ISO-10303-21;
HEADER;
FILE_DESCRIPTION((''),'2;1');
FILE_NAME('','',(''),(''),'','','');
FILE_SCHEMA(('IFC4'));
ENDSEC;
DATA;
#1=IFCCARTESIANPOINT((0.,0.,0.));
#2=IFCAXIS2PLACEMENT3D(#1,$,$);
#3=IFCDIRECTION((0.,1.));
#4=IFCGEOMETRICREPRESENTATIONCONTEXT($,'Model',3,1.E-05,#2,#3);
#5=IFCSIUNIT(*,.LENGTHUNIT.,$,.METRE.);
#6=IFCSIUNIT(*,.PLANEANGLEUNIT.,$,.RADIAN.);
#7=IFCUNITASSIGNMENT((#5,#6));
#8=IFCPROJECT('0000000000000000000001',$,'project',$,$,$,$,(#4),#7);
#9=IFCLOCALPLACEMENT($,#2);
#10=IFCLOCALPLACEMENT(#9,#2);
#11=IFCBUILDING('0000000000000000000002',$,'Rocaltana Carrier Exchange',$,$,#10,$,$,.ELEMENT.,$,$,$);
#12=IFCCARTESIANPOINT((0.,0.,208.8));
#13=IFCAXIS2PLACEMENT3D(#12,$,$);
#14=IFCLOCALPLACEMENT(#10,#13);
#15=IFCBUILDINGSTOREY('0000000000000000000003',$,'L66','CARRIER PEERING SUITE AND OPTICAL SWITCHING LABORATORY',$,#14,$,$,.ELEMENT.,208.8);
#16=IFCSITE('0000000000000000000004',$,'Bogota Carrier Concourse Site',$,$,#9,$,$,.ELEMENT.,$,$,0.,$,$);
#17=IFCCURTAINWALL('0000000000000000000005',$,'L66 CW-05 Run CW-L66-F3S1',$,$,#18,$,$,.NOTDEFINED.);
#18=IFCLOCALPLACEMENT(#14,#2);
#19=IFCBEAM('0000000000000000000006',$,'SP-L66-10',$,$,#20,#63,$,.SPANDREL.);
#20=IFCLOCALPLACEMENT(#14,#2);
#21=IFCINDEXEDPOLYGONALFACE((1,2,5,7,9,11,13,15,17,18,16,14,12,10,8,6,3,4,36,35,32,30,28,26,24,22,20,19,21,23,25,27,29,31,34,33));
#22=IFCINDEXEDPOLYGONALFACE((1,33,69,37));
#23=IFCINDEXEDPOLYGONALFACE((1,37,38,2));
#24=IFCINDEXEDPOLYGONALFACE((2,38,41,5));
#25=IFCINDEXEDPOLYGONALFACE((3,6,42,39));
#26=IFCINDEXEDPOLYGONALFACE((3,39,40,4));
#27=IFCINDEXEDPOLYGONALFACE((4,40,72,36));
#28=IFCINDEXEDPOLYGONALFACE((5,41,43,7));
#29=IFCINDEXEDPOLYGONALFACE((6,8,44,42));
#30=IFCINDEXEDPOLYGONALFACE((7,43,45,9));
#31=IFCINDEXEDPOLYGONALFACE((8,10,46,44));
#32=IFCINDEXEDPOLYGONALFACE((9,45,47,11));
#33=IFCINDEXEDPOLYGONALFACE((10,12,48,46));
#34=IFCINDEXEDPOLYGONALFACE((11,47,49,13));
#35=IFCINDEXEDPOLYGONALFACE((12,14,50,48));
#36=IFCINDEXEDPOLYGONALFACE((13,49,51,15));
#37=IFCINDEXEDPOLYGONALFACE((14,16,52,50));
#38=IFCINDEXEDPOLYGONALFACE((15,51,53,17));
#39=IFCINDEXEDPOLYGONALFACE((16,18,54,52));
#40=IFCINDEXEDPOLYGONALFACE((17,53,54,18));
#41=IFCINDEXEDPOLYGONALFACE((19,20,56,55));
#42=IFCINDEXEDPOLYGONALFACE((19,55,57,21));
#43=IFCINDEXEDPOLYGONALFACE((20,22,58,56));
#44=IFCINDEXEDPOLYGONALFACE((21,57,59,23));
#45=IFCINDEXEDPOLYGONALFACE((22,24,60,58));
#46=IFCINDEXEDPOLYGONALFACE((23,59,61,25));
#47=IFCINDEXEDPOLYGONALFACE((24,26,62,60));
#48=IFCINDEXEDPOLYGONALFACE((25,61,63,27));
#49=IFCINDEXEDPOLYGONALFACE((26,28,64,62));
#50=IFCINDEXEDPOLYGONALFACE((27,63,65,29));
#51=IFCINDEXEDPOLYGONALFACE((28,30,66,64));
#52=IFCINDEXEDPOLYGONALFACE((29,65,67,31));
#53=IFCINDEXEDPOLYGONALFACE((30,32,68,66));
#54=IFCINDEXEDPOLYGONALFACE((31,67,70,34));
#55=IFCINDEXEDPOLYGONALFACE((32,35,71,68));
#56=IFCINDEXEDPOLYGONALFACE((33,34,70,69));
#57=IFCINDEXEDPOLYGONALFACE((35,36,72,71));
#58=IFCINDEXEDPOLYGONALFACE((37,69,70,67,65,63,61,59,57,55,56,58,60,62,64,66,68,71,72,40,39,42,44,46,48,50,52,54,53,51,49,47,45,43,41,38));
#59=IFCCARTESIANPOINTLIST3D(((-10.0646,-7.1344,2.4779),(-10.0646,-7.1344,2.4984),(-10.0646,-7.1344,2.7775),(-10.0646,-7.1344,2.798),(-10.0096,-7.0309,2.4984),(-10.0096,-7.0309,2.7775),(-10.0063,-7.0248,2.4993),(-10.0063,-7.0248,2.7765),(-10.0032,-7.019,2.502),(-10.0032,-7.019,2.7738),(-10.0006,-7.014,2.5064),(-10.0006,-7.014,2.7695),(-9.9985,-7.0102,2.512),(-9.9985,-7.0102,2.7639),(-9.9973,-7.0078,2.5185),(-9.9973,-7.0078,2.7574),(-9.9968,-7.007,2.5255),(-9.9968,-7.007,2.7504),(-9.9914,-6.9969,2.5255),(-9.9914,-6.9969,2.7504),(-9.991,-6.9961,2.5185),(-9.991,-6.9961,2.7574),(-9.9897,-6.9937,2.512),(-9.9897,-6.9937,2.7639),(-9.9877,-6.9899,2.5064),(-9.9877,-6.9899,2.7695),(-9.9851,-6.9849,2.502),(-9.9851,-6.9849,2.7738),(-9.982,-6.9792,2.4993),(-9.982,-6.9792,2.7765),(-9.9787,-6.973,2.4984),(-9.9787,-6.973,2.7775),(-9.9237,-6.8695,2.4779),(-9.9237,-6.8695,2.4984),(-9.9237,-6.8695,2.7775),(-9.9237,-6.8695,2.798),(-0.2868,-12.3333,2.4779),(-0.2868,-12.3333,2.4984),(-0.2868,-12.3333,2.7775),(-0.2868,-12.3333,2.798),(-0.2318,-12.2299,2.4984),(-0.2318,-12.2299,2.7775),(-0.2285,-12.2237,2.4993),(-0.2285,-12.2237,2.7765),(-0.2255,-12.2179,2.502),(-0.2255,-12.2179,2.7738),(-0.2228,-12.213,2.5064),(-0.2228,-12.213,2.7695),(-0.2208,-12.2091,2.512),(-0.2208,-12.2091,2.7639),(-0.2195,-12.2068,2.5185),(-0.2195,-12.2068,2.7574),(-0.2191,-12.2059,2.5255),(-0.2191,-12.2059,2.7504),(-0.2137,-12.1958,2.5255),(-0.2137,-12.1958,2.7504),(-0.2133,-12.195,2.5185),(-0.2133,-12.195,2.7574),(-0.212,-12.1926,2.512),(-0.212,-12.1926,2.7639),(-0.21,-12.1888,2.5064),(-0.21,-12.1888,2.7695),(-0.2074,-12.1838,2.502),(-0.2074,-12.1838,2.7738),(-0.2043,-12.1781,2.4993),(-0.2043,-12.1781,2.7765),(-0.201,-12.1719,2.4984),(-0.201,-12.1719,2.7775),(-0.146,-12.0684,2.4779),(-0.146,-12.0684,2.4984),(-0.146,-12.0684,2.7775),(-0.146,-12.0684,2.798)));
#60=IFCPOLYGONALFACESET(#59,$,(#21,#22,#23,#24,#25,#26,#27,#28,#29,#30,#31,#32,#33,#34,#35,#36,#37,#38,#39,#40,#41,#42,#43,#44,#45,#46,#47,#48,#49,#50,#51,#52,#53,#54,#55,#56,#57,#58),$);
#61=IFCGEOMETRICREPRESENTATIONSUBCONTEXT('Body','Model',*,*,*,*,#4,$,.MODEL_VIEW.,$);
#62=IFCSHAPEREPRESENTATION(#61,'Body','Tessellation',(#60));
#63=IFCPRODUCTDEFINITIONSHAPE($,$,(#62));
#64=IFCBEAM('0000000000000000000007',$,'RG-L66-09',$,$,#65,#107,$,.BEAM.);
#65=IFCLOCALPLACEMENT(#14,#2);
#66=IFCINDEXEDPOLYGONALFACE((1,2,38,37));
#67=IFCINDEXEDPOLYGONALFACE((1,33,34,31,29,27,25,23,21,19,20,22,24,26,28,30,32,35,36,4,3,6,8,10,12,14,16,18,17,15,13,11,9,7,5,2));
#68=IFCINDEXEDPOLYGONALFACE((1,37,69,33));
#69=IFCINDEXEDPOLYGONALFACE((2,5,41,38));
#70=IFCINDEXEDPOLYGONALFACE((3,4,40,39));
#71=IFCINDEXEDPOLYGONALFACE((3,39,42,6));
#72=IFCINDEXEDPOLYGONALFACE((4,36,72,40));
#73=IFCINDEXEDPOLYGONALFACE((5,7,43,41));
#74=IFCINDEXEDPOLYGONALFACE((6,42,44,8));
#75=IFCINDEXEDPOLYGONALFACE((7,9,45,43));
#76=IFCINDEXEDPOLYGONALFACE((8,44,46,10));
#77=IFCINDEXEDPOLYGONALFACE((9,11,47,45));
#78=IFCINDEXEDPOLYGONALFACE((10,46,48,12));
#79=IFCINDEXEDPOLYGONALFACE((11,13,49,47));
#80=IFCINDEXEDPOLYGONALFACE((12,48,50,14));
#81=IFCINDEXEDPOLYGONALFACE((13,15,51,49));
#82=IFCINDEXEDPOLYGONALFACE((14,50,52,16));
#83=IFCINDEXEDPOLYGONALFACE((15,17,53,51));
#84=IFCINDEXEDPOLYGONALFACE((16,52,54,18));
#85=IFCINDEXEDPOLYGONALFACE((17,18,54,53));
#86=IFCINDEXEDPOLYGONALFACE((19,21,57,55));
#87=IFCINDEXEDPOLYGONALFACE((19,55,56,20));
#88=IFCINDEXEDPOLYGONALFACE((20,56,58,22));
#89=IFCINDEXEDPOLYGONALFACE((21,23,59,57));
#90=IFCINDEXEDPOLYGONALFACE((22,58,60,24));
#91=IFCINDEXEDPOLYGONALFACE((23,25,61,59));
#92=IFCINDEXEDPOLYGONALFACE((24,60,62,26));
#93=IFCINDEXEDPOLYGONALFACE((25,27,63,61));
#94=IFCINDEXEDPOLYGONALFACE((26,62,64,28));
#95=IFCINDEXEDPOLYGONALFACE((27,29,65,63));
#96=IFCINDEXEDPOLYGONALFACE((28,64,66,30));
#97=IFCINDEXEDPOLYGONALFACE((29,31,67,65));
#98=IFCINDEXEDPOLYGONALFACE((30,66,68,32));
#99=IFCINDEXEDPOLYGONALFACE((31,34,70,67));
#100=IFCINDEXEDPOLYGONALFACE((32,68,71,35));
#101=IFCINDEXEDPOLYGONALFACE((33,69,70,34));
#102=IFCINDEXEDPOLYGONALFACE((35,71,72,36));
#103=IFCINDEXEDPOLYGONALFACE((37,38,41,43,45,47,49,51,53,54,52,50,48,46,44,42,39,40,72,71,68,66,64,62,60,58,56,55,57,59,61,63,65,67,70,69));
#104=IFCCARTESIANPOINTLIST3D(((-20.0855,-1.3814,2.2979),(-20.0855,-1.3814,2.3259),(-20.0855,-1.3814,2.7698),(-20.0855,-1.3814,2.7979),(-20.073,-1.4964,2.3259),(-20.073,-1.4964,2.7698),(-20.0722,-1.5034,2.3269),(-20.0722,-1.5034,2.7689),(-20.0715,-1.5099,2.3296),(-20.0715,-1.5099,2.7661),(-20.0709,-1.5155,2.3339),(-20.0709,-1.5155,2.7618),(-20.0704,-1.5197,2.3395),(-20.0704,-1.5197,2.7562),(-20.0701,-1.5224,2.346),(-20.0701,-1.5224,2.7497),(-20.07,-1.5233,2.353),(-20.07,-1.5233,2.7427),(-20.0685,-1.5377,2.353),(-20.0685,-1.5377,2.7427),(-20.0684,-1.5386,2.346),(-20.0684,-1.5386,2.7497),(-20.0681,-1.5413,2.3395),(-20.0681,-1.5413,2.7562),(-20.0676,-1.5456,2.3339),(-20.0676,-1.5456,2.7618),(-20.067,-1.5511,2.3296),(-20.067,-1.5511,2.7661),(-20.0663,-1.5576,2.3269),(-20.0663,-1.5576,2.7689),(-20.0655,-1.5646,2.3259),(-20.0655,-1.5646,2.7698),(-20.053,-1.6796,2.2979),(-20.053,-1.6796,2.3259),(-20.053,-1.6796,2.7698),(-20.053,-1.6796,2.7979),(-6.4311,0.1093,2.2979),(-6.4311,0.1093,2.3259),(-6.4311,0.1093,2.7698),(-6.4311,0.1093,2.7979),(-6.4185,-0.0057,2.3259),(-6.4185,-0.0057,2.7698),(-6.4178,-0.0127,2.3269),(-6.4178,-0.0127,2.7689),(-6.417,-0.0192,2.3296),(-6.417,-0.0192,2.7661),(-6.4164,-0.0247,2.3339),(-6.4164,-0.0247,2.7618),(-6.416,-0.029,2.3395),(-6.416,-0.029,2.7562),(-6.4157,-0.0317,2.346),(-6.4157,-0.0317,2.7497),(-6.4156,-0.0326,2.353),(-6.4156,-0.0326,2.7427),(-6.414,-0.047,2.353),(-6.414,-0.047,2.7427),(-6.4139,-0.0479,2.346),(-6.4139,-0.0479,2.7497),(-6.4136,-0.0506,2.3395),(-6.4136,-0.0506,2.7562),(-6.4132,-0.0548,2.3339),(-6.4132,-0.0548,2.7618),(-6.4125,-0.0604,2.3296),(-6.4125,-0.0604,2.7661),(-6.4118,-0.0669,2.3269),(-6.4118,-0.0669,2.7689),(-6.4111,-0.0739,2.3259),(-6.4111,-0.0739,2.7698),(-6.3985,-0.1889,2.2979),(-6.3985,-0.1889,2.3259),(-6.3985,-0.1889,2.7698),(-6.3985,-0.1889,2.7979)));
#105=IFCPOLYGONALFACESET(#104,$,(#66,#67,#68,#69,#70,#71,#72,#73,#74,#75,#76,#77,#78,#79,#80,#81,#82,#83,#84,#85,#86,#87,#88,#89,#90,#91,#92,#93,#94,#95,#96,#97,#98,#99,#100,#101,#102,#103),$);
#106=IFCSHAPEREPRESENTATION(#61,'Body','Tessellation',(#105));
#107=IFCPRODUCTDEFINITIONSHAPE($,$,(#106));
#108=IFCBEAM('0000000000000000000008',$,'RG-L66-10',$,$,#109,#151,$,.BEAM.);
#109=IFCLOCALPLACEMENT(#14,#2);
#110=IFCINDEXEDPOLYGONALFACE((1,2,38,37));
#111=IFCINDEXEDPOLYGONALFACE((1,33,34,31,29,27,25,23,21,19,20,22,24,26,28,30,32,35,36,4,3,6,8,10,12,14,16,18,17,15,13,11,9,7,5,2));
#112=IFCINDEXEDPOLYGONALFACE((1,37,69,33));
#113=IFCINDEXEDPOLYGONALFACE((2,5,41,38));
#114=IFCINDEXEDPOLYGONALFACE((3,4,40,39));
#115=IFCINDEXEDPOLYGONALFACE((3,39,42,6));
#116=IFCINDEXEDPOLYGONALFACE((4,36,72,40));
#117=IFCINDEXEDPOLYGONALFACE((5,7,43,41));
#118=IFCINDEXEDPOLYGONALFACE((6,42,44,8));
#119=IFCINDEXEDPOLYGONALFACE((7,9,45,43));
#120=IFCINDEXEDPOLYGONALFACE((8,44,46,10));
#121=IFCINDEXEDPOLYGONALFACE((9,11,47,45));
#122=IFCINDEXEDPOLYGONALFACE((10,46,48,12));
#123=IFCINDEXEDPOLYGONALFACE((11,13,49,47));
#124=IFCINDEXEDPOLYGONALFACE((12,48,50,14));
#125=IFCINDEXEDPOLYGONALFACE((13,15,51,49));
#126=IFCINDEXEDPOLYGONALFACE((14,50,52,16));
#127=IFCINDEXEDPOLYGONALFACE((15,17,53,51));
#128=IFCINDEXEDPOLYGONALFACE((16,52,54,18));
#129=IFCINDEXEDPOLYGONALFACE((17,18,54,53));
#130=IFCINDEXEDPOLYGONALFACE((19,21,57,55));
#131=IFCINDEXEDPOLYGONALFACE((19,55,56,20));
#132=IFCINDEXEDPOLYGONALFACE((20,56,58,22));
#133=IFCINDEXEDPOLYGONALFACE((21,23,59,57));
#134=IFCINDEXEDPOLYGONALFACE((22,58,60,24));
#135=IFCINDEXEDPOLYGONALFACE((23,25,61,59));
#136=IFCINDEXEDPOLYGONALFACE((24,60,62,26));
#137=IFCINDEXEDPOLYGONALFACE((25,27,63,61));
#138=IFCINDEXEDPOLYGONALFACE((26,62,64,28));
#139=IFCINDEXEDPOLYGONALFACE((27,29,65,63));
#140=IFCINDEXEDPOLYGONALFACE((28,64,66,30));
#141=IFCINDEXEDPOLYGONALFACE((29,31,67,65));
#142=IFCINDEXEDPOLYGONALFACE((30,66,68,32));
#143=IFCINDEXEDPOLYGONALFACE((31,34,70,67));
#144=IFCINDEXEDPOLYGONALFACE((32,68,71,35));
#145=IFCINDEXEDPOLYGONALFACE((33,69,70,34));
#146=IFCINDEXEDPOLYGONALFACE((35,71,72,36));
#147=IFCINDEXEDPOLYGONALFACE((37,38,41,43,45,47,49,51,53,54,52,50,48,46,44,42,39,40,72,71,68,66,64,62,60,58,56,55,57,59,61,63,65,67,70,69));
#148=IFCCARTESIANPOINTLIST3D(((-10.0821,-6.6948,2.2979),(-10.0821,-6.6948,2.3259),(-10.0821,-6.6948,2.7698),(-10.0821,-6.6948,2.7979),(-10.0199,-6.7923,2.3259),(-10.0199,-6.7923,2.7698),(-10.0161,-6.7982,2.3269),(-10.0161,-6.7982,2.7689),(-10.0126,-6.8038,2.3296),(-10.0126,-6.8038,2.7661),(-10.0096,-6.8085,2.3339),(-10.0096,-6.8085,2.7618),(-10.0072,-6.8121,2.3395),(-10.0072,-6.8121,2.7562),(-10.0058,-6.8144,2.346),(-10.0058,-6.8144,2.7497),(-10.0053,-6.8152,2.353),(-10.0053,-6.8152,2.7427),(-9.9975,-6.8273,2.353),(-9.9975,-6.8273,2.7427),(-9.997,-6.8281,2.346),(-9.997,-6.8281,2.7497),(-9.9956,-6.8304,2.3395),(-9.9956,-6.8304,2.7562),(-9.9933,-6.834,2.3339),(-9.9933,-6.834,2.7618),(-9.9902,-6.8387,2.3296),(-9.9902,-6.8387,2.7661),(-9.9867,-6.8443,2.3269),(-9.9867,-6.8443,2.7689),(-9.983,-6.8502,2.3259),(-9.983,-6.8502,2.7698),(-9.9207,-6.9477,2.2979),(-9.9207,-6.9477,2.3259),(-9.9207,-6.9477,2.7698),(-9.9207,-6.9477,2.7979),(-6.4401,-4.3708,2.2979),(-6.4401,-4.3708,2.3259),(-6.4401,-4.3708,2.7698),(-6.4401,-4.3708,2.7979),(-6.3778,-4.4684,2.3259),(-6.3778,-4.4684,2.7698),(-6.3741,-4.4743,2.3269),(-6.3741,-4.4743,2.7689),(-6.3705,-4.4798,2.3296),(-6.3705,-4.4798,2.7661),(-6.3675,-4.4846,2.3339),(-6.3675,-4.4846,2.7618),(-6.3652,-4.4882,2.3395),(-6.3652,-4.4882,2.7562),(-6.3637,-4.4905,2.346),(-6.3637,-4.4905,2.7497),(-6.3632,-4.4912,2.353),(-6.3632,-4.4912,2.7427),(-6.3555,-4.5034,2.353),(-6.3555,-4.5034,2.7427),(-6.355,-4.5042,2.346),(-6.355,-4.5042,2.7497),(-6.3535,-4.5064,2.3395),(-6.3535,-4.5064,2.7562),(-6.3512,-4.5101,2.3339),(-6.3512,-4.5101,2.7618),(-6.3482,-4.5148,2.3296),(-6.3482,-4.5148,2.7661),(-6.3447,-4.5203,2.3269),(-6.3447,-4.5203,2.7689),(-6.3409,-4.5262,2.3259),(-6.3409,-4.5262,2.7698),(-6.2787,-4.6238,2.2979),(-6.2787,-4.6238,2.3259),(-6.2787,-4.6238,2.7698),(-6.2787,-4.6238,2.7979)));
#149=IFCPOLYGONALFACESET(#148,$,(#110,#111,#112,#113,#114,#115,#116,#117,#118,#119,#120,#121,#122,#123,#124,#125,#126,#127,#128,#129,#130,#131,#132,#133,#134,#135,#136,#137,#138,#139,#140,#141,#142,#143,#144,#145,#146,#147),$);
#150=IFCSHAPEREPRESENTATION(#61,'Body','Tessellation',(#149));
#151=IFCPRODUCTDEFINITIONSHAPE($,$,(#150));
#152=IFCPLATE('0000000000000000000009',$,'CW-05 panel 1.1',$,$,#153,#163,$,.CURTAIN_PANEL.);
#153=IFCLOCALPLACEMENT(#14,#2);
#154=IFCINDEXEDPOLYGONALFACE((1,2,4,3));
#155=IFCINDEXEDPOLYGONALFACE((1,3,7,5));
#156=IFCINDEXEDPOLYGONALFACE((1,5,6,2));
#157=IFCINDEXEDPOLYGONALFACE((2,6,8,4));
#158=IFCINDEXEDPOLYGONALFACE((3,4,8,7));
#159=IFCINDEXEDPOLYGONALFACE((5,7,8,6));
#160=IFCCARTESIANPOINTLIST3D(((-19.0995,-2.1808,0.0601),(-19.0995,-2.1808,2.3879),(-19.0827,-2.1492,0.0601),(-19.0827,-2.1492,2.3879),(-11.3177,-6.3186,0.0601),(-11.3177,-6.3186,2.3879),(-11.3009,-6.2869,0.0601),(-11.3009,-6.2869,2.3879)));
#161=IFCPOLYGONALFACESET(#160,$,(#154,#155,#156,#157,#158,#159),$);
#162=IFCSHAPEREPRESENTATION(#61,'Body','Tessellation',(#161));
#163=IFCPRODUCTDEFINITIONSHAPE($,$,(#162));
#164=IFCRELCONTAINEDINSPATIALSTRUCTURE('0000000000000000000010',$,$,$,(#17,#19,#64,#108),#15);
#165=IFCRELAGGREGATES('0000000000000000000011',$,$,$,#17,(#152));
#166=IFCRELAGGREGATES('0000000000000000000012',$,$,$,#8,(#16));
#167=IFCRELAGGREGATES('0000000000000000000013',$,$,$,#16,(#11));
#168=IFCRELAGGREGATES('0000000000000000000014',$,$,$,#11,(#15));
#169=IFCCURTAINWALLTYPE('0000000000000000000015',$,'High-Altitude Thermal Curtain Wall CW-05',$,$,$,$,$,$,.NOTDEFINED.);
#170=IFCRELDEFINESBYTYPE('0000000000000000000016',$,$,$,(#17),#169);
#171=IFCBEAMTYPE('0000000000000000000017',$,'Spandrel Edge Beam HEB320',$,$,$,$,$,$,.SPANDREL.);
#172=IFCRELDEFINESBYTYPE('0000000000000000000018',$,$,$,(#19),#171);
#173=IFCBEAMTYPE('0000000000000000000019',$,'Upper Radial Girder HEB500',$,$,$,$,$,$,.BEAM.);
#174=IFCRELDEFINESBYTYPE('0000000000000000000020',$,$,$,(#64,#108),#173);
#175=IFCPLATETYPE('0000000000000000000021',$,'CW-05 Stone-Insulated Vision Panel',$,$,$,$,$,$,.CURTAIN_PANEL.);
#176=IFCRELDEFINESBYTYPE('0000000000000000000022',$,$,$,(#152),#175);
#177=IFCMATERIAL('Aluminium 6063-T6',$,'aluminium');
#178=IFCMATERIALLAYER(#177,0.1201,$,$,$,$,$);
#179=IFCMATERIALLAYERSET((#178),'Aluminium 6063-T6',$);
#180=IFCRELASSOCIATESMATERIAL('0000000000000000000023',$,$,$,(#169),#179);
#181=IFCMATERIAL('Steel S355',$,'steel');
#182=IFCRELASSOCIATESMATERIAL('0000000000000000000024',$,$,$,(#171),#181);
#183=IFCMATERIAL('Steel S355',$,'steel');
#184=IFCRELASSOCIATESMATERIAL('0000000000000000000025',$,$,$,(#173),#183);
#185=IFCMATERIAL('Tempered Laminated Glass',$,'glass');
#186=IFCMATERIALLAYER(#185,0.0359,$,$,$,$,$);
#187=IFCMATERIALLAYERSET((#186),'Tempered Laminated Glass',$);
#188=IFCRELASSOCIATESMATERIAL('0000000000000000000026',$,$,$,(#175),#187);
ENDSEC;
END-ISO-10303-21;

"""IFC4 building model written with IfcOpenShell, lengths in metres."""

from ifc_helpers import new_model, si_unit, direction, frame, origin, origin_2d, place, context, subcontext, project, spatial, rectangle, i_section, extrude, material, layer, layer_set, material_profile, profile_set, type_object, element, aggregate, save


model = new_model("IFC4")

# Units and contexts
model_context = context("Model", 3, precision=1e-05, world=origin(), true_north=direction((0.0, 1.0)))
body_context = subcontext(model_context, "Body", "Model", "MODEL_VIEW")
ifc_project = project(units=[si_unit("LENGTHUNIT", "METRE"), si_unit("PLANEANGLEUNIT", "RADIAN")], contexts=[model_context])

# Site, building, storey
site_placement = place(None, origin())
site = spatial("IfcSite", under=ifc_project, at=site_placement, Name="Bogota Carrier Concourse Site", CompositionType="ELEMENT", RefElevation=0.0)
building_placement = place(site_placement, origin())
building = spatial("IfcBuilding", under=site, at=building_placement, Name="Rocaltana Carrier Exchange", CompositionType="ELEMENT")
storey_placement = place(building_placement, frame((0.0, 0.0, 208.8)))
storey = spatial("IfcBuildingStorey", under=building, at=storey_placement, Name="L66", Description="CARRIER PEERING SUITE AND OPTICAL SWITCHING LABORATORY", CompositionType="ELEMENT", Elevation=208.8)

# Curtain wall
ifc_material_1 = material(Name="Aluminium 6063-T6", Category="aluminium")
ifc_layer_1 = layer(ifc_material_1, 0.1201)
ifc_layer_set_1 = layer_set([ifc_layer_1], Name="Aluminium 6063-T6")
curtain_wall_type = type_object("IfcCurtainWallType", Name="High-Altitude Thermal Curtain Wall CW-05", PredefinedType="NOTDEFINED", material=ifc_layer_set_1)
curtain_wall_1_placement = place(storey_placement, origin())
curtain_wall_1 = element("IfcCurtainWall", 1, at=curtain_wall_1_placement, inside=storey, type_object=curtain_wall_type, Name="L66 CW-05 Run CW-L66-F3S1", PredefinedType="NOTDEFINED")

# Beams
ifc_material_2 = material(Name="Steel S355", Category="steel")
ifc_material_profile_1 = material_profile(ifc_material_2, i_section(OverallWidth=0.3, OverallDepth=0.3201, WebThickness=0.0115, FlangeThickness=0.0205, FilletRadius=0.0271, at=origin_2d()), Name="HEB320")
ifc_profile_set_1 = profile_set([ifc_material_profile_1], Name="Steel S355")
beam_type_1 = type_object("IfcBeamType", Name="Spandrel Edge Beam HEB320", PredefinedType="SPANDREL", material=ifc_profile_set_1)
beam_1_placement = place(storey_placement, frame((-9.9941, -7.002, 2.6379), z_axis=(0.882947, -0.469472, 0.0), x_axis=(0.469472, 0.882947, 0.0)))
element("IfcBeam", 2, at=beam_1_placement, inside=storey, type_object=beam_type_1, Name="SP-L66-10", PredefinedType="SPANDREL", context=body_context, shape_type="SweptSolid", body=[
    extrude(i_section(OverallWidth=0.3, OverallDepth=0.3201, WebThickness=0.0115, FlangeThickness=0.0205, FilletRadius=0.0271, at=origin_2d()), origin(), (0.0, 0.0, 1.0), 11.074),
])
ifc_material_3 = material(Name="Steel S355", Category="steel")
ifc_material_profile_2 = material_profile(ifc_material_3, i_section(OverallWidth=0.3, OverallDepth=0.5, WebThickness=0.0144, FlangeThickness=0.0281, FilletRadius=0.0271, at=origin_2d()), Name="HEB500")
ifc_profile_set_2 = profile_set([ifc_material_profile_2], Name="Steel S355")
beam_type_2 = type_object("IfcBeamType", Name="Upper Radial Girder HEB500", PredefinedType="BEAM", material=ifc_profile_set_2)
beam_2_placement = place(storey_placement, frame((-6.4148, -0.0398, 2.5479), z_axis=(-0.994093, -0.108529, 0.0), x_axis=(0.108529, -0.994093, 0.0)))
element("IfcBeam", 3, at=beam_2_placement, inside=storey, type_object=beam_type_2, Name="RG-L66-09", PredefinedType="BEAM", context=body_context, shape_type="SweptSolid", body=[
    extrude(i_section(OverallWidth=0.3, OverallDepth=0.5, WebThickness=0.0144, FlangeThickness=0.0281, FilletRadius=0.0271, at=origin_2d()), origin(), (0.0, 0.0, 1.0), 13.7356),
])
beam_3_placement = place(storey_placement, frame((-6.3594, -4.4973, 2.5479), z_axis=(-0.843002, -0.53791, 0.0), x_axis=(0.53791, -0.843002, 0.0)))
element("IfcBeam", 4, at=beam_3_placement, inside=storey, type_object=beam_type_2, Name="RG-L66-10", PredefinedType="BEAM", context=body_context, shape_type="SweptSolid", body=[
    extrude(i_section(OverallWidth=0.3, OverallDepth=0.5, WebThickness=0.0144, FlangeThickness=0.0281, FilletRadius=0.0271, at=origin_2d()), origin(), (0.0, 0.0, 1.0), 4.3203),
])

# Plate
ifc_material_4 = material(Name="Tempered Laminated Glass", Category="glass")
ifc_layer_2 = layer(ifc_material_4, 0.0359)
ifc_layer_set_2 = layer_set([ifc_layer_2], Name="Tempered Laminated Glass")
plate_type = type_object("IfcPlateType", Name="CW-05 Stone-Insulated Vision Panel", PredefinedType="CURTAIN_PANEL", material=ifc_layer_set_2)
plate_placement = place(storey_placement, frame((-15.2002, -4.2339, 0.0601), z_axis=(0.0, 0.0, 1.0), x_axis=(0.882941, -0.469483, 0.0)))
plate = element("IfcPlate", 5, at=plate_placement, type_object=plate_type, Name="CW-05 panel 1.1", PredefinedType="CURTAIN_PANEL", context=body_context, shape_type="SweptSolid", body=[
    extrude(rectangle(XDim=8.8135, YDim=0.0359, at=origin_2d()), origin(), (0.0, 0.0, 1.0), 2.3279),
])
aggregate(curtain_wall_1, [plate])

save(model, "model.ifc")
